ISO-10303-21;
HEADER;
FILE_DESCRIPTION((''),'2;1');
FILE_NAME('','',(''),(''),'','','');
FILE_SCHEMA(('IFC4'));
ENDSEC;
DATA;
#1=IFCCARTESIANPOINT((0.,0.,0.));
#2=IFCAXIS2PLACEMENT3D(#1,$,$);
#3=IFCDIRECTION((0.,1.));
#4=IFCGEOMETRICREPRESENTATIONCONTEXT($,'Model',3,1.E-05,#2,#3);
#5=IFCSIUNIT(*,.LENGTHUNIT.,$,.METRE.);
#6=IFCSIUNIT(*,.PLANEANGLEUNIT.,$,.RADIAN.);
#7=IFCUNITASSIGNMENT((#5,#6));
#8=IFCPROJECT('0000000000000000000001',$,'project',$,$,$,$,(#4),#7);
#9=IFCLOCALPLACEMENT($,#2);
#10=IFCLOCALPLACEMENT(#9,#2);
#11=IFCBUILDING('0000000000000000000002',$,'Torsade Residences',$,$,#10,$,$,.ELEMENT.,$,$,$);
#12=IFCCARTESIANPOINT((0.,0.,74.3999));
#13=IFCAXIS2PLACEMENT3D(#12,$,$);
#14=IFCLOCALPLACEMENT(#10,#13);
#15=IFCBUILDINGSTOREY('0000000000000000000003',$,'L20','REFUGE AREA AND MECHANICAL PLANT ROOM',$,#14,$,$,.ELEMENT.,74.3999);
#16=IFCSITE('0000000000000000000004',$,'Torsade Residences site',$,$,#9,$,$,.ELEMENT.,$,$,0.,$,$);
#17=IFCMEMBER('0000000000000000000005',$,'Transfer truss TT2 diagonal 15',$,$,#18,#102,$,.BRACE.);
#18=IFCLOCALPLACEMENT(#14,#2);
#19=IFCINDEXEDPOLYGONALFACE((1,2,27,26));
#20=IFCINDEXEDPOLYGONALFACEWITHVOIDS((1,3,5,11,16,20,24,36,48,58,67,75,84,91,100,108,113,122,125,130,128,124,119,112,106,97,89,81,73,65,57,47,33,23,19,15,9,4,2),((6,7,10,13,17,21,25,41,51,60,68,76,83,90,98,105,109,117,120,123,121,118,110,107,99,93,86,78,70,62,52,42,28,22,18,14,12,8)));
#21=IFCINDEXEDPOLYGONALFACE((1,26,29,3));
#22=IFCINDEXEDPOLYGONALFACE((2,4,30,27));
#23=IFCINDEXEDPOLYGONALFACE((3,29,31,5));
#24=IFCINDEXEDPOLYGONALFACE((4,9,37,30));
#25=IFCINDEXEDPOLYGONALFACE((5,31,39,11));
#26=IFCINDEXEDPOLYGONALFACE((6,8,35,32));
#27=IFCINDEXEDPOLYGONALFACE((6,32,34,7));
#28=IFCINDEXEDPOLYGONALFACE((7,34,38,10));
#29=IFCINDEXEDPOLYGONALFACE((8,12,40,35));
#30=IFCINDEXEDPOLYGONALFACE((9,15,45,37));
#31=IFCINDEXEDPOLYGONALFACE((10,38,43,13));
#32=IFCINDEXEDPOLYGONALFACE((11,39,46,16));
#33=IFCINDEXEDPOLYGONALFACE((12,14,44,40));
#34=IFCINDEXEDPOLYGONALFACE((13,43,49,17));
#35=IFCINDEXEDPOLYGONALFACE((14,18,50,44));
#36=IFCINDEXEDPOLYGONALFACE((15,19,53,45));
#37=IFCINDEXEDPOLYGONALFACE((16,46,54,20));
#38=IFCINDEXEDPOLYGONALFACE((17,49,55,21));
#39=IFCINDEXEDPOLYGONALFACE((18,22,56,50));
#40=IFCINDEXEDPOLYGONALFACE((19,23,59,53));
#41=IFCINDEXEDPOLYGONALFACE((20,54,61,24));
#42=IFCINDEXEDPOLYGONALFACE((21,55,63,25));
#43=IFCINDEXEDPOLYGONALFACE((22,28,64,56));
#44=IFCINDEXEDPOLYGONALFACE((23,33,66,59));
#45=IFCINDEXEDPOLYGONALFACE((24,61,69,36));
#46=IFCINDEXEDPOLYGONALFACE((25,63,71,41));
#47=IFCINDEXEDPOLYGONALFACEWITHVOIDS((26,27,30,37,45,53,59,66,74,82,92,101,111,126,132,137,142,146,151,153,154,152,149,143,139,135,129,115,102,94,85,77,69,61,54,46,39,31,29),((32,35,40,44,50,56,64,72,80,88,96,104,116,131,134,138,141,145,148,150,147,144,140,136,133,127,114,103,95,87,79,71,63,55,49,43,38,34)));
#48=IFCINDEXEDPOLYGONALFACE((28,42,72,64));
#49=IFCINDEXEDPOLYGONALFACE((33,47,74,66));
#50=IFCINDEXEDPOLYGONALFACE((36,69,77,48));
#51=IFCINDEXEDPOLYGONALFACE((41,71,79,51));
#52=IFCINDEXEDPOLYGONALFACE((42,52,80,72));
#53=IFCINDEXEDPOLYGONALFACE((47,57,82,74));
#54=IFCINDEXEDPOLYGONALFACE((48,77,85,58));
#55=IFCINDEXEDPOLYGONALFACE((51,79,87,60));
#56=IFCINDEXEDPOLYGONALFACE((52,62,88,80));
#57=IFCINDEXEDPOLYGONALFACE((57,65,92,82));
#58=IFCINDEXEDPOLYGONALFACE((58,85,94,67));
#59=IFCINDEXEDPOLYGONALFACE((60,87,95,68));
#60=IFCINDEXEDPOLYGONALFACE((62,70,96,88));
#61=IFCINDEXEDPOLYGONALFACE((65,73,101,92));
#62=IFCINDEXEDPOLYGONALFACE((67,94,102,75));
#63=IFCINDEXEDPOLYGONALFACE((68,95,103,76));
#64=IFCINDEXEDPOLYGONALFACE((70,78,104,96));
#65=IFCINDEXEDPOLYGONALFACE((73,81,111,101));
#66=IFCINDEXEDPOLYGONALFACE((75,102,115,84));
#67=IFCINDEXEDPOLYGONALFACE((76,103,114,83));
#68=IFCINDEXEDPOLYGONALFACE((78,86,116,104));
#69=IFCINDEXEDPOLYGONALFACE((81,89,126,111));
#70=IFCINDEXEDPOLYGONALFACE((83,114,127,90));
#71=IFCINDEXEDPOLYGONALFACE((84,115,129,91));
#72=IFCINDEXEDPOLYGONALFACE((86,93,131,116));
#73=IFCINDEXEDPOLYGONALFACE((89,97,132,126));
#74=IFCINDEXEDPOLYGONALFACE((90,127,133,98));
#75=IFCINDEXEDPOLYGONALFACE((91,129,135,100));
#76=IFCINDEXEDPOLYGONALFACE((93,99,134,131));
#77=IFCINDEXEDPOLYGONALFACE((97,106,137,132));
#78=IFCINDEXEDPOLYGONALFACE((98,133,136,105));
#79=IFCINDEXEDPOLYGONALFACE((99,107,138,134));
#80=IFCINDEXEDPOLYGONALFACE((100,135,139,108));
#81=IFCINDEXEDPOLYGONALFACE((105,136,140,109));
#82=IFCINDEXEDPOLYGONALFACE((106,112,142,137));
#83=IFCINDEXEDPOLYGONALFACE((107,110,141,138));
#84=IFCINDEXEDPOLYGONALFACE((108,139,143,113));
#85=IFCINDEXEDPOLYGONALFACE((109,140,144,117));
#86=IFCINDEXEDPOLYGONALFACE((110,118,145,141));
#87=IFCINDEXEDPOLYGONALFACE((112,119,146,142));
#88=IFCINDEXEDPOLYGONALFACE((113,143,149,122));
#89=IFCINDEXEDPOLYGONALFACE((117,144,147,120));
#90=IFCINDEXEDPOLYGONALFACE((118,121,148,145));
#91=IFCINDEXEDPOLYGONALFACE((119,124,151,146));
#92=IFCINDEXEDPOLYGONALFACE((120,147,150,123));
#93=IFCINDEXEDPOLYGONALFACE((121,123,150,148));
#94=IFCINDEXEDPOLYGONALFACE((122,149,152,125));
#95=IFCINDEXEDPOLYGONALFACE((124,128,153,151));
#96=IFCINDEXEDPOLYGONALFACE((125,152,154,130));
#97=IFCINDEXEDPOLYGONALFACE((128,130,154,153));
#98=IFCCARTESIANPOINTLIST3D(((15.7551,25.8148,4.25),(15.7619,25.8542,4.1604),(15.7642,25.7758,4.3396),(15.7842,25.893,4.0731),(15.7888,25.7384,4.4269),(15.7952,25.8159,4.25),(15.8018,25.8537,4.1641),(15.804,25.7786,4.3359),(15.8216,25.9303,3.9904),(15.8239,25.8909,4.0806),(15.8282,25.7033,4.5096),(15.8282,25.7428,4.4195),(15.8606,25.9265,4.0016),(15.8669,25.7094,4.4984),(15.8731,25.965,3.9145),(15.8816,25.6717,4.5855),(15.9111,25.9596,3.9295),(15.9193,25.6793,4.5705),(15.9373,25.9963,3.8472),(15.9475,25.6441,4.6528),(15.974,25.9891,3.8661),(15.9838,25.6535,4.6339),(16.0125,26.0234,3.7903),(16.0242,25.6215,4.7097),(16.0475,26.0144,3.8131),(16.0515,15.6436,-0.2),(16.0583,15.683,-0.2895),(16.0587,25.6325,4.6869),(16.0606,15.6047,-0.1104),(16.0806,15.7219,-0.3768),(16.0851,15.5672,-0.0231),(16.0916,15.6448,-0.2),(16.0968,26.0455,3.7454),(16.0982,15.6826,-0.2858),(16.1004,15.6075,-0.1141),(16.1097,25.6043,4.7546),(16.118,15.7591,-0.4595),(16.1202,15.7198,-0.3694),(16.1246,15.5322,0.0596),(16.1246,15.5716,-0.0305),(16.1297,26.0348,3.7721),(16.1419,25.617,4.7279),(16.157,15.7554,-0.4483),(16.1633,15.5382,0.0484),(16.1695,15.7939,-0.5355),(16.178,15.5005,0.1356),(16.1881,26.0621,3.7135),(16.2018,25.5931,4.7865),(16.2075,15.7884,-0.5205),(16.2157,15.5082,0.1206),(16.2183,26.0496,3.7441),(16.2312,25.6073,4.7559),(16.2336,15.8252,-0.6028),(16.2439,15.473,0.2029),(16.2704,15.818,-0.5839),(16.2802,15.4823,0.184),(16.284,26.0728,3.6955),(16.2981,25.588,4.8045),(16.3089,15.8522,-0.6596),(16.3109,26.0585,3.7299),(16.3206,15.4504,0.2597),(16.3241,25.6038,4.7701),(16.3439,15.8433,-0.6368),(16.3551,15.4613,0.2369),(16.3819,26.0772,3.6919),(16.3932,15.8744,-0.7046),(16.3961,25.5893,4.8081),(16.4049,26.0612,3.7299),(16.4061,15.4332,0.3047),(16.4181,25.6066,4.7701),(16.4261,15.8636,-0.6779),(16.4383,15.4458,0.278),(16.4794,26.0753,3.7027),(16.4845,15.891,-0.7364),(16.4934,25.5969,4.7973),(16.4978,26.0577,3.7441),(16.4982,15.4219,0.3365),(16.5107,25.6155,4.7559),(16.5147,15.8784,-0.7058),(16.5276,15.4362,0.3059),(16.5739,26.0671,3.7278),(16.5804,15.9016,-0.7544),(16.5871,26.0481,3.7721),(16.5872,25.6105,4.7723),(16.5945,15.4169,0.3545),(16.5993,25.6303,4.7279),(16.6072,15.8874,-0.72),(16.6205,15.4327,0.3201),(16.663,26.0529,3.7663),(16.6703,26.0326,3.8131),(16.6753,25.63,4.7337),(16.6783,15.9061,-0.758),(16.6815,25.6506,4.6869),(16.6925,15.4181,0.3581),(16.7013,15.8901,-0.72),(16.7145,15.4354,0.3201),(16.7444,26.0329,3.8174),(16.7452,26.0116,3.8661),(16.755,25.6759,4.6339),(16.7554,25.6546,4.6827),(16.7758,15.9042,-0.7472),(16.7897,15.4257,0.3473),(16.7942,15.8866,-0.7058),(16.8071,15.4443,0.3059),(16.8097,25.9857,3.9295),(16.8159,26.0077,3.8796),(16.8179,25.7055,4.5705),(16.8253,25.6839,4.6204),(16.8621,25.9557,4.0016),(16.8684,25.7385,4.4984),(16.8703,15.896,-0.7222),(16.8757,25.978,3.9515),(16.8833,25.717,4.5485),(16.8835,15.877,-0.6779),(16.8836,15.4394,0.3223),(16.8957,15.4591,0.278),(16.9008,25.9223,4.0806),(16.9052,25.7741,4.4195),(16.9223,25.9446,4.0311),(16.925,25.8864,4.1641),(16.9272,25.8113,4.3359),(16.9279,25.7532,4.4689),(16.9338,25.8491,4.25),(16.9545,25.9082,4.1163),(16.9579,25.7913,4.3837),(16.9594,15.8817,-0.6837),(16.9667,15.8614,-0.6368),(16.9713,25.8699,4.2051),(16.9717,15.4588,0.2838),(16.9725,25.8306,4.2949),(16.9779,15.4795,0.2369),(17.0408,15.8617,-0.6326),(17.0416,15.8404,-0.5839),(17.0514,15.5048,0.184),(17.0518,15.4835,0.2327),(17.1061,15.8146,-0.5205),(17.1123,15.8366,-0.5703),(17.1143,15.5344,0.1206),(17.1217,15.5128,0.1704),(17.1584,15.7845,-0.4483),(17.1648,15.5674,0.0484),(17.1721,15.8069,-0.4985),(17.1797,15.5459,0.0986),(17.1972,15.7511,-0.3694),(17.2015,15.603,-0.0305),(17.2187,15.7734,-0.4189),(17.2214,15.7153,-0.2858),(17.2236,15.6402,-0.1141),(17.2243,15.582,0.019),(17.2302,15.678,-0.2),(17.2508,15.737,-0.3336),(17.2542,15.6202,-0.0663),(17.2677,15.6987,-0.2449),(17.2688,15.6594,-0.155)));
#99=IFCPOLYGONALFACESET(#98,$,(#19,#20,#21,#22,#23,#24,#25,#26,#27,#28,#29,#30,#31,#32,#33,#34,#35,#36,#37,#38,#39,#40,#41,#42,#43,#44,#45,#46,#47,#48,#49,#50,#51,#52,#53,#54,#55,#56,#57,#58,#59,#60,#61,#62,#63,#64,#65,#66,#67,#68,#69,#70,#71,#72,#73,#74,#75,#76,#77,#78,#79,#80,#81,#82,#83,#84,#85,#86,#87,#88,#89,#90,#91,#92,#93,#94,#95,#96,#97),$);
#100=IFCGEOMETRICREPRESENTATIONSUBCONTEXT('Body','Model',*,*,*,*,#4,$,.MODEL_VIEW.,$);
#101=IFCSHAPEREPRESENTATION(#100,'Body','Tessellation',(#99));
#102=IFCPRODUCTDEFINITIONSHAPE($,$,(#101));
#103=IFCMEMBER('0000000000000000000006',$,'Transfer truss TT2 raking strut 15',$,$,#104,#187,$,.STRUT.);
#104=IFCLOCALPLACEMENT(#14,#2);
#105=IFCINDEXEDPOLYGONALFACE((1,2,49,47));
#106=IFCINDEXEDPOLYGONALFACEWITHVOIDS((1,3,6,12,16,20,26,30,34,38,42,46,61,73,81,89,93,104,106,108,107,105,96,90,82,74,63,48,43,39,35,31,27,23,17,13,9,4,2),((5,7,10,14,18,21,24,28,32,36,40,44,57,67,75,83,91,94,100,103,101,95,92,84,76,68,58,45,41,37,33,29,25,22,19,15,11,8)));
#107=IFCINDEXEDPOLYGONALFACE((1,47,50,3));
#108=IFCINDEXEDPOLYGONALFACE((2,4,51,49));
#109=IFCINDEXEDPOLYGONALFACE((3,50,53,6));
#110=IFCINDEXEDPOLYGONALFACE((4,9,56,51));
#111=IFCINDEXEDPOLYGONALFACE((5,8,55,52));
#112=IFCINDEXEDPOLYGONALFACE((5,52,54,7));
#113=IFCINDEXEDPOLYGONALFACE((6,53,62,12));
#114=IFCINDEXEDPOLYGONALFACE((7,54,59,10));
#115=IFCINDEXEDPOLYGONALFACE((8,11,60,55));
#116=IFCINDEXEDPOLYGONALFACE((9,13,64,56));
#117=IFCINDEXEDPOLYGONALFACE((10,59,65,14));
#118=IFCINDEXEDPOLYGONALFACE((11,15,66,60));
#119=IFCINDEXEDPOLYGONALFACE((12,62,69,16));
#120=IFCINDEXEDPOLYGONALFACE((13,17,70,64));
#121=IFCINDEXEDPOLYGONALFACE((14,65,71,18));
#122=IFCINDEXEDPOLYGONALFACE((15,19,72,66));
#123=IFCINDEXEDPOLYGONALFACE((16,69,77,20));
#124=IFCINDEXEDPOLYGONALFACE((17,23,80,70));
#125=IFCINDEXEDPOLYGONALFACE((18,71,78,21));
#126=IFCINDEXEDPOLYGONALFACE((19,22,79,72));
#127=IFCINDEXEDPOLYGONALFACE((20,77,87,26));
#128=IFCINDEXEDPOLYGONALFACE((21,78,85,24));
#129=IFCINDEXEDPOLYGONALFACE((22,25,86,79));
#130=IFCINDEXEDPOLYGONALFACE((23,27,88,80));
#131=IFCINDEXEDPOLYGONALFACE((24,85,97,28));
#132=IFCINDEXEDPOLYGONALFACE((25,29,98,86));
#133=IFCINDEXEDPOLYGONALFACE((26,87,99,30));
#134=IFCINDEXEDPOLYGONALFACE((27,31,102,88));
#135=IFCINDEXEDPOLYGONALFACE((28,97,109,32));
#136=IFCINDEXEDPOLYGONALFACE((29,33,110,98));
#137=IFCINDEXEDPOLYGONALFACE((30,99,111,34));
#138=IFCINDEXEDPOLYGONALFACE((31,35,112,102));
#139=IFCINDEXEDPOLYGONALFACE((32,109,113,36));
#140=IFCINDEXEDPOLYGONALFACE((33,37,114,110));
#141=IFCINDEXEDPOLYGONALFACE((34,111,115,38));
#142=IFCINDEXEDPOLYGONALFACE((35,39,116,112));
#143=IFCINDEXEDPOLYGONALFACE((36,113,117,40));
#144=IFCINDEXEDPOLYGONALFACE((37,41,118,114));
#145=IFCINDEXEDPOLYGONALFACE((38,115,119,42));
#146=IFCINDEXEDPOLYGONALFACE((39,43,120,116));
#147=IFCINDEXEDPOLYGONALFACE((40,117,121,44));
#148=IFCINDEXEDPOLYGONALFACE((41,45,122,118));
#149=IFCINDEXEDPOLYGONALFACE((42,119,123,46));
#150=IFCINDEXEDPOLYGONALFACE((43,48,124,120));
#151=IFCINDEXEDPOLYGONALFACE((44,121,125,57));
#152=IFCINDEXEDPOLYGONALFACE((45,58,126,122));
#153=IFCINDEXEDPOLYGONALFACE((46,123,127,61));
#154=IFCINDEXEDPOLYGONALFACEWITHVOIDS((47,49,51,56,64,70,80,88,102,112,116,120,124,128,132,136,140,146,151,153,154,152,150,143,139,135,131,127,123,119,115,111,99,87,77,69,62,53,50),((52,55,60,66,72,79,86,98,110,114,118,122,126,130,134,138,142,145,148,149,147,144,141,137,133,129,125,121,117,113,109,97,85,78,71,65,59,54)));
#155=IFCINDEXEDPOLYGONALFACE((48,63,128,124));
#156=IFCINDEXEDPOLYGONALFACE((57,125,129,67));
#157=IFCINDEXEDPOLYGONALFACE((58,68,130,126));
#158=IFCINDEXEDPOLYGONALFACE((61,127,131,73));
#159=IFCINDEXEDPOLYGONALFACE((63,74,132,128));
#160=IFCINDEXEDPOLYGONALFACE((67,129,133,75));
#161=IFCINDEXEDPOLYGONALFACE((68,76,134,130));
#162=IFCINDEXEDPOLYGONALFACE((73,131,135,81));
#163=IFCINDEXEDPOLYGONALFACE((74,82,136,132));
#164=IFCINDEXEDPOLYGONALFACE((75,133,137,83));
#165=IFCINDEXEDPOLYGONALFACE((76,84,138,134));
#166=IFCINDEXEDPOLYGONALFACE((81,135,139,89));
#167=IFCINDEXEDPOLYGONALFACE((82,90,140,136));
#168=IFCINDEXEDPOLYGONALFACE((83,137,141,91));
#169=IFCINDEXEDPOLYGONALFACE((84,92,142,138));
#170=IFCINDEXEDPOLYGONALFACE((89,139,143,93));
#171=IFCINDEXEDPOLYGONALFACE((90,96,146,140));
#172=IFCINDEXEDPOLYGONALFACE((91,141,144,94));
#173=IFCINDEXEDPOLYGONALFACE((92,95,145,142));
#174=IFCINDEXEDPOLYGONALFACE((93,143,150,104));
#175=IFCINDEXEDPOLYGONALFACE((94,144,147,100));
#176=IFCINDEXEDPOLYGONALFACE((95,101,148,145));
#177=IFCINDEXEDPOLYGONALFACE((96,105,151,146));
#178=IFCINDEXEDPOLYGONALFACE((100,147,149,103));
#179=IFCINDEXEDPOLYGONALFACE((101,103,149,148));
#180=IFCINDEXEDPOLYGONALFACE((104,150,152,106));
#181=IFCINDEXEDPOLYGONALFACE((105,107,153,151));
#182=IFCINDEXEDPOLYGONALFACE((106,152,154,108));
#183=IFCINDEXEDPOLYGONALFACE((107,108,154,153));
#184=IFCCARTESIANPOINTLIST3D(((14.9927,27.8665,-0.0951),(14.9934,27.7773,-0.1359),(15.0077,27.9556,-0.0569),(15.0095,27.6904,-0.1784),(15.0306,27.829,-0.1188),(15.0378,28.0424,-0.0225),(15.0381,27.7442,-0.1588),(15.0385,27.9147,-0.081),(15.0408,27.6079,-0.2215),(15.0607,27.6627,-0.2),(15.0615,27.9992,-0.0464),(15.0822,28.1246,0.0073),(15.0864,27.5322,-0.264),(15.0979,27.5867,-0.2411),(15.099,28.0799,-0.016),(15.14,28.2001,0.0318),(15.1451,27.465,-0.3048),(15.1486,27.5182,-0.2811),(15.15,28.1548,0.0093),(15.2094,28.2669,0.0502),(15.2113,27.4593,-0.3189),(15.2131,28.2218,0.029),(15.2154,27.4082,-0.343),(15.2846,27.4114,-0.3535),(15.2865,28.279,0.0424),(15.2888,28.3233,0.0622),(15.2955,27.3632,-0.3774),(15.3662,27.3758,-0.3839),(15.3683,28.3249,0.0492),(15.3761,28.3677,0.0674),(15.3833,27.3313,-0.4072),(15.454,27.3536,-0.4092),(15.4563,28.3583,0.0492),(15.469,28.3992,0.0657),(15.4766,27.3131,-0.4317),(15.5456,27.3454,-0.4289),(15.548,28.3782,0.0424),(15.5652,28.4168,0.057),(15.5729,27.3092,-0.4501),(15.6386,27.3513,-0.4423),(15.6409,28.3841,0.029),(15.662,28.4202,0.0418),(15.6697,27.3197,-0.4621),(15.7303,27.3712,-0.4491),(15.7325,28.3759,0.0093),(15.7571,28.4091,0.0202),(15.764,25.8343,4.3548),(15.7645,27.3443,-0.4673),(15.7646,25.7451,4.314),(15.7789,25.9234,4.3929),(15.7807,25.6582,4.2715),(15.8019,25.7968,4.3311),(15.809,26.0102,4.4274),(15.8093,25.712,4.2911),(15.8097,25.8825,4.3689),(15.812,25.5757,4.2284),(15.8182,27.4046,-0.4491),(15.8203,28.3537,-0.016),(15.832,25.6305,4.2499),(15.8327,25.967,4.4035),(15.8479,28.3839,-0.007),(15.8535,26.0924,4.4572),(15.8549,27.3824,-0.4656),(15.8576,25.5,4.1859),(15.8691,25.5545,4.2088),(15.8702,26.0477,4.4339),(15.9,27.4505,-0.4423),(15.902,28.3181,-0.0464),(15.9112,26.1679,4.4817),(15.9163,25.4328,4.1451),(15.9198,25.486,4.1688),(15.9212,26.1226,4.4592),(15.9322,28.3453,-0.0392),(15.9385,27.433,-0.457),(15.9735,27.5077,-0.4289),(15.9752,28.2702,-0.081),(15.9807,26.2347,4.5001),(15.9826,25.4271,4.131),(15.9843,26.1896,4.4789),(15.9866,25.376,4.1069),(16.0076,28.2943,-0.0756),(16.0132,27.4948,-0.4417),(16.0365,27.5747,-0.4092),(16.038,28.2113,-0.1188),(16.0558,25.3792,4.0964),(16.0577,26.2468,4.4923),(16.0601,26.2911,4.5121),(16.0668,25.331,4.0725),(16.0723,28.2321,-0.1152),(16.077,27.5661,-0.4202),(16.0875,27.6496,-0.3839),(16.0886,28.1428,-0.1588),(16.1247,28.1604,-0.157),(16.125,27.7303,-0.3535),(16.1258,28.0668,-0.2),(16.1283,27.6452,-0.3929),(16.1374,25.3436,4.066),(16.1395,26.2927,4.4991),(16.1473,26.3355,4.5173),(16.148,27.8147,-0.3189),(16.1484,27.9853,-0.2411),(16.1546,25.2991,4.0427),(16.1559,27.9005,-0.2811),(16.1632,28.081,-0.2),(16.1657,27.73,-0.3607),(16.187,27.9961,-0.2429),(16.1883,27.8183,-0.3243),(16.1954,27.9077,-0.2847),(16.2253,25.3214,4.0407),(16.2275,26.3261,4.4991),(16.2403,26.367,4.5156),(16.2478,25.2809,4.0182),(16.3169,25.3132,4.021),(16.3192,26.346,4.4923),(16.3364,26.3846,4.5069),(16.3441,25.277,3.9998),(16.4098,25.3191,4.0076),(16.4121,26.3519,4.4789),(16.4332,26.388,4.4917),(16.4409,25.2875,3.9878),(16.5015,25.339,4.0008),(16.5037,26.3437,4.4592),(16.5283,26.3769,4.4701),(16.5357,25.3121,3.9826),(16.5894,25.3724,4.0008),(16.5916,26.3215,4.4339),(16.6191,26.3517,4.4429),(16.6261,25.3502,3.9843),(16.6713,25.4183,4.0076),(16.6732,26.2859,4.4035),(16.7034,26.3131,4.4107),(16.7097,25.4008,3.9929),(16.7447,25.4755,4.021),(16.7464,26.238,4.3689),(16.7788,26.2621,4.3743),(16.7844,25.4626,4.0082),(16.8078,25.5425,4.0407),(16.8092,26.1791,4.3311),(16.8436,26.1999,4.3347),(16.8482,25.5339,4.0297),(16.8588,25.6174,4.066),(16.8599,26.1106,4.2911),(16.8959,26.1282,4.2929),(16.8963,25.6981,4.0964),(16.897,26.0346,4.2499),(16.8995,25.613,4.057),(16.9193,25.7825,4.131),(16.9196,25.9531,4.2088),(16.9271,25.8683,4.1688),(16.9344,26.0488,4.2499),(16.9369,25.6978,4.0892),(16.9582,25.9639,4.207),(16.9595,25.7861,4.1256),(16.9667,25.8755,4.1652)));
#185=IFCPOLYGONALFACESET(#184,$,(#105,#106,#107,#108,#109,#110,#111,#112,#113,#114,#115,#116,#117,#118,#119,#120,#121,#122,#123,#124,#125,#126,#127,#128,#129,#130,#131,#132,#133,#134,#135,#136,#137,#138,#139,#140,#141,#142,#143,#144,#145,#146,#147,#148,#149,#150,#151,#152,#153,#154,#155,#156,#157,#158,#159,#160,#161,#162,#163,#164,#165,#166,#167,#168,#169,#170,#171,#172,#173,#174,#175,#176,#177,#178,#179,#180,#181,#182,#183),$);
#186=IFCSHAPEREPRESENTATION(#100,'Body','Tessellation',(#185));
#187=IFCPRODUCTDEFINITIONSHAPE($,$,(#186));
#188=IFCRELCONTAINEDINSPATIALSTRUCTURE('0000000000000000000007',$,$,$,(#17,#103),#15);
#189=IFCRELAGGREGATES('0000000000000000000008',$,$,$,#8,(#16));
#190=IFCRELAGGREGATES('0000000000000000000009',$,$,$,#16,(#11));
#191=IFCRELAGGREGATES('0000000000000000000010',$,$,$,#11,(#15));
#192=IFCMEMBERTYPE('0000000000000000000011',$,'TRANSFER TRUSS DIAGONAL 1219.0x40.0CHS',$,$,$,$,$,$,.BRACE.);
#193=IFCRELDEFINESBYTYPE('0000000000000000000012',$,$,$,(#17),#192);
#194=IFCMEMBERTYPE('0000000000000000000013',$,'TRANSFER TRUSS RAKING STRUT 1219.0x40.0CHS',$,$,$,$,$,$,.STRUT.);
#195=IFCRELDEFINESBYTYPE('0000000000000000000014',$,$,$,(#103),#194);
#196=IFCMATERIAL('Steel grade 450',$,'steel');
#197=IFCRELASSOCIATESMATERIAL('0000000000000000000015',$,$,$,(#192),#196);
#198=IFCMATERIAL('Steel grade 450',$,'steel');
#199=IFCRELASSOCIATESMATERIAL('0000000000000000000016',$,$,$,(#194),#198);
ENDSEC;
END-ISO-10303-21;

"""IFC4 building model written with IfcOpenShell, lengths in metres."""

from ifc_helpers import new_model, si_unit, direction, frame, origin, origin_2d, place, context, subcontext, project, spatial, hollow_circle, extrude, material, material_profile, profile_set, type_object, element, save


model = new_model("IFC4")

# Units and contexts
model_context = context("Model", 3, precision=1e-05, world=origin(), true_north=direction((0.0, 1.0)))
body_context = subcontext(model_context, "Body", "Model", "MODEL_VIEW")
ifc_project = project(units=[si_unit("LENGTHUNIT", "METRE"), si_unit("PLANEANGLEUNIT", "RADIAN")], contexts=[model_context])

# Site, building, storey
site_placement = place(None, origin())
site = spatial("IfcSite", under=ifc_project, at=site_placement, Name="Torsade Residences site", CompositionType="ELEMENT", RefElevation=0.0)
building_placement = place(site_placement, origin())
building = spatial("IfcBuilding", under=site, at=building_placement, Name="Torsade Residences", CompositionType="ELEMENT")
storey_placement = place(building_placement, frame((0.0, 0.0, 74.3999)))
storey = spatial("IfcBuildingStorey", under=building, at=storey_placement, Name="L20", Description="REFUGE AREA AND MECHANICAL PLANT ROOM", CompositionType="ELEMENT", Elevation=74.3999)

# Members
ifc_material_1 = material(Name="Steel grade 450", Category="steel")
ifc_material_profile_1 = material_profile(ifc_material_1, hollow_circle(Radius=0.6096, WallThickness=0.04, at=origin_2d()), Name="1219.0x40.0CHS")
ifc_profile_set_1 = profile_set([ifc_material_profile_1], Name="Steel grade 450")
member_type_1 = type_object("IfcMemberType", Name="TRANSFER TRUSS DIAGONAL 1219.0x40.0CHS", PredefinedType="BRACE", material=ifc_profile_set_1)
member_1_placement = place(storey_placement, frame((16.6609, 15.6614, -0.2), z_axis=(-0.026687, 0.915829, 0.400682), x_axis=(-0.999576, -0.029128, 0.0)))
element("IfcMember", 1, at=member_1_placement, inside=storey, type_object=member_type_1, Name="Transfer truss TT2 diagonal 15", PredefinedType="BRACE", context=body_context, shape_type="SweptSolid", body=[
    extrude(hollow_circle(Radius=0.6096, WallThickness=0.04, at=origin_2d()), origin(), (0.0, 0.0, 1.0), 11.106),
])
ifc_material_2 = material(Name="Steel grade 450", Category="steel")
ifc_material_profile_2 = material_profile(ifc_material_2, hollow_circle(Radius=0.6096, WallThickness=0.04, at=origin_2d()), Name="1219.0x40.0CHS")
ifc_profile_set_2 = profile_set([ifc_material_profile_2], Name="Steel grade 450")
member_type_2 = type_object("IfcMemberType", Name="TRANSFER TRUSS RAKING STRUT 1219.0x40.0CHS", PredefinedType="STRUT", material=ifc_profile_set_2)
member_2_placement = place(storey_placement, frame((15.5933, 27.8647, -0.2), z_axis=(0.155729, -0.410347, 0.898534), x_axis=(0.934937, 0.354813, 0.0)))
element("IfcMember", 2, at=member_2_placement, inside=storey, type_object=member_type_2, Name="Transfer truss TT2 raking strut 15", PredefinedType="STRUT", context=body_context, shape_type="SweptSolid", body=[
    extrude(hollow_circle(Radius=0.6096, WallThickness=0.04, at=origin_2d()), origin(), (0.0, 0.0, 1.0), 4.9524),
])

save(model, "model.ifc")
